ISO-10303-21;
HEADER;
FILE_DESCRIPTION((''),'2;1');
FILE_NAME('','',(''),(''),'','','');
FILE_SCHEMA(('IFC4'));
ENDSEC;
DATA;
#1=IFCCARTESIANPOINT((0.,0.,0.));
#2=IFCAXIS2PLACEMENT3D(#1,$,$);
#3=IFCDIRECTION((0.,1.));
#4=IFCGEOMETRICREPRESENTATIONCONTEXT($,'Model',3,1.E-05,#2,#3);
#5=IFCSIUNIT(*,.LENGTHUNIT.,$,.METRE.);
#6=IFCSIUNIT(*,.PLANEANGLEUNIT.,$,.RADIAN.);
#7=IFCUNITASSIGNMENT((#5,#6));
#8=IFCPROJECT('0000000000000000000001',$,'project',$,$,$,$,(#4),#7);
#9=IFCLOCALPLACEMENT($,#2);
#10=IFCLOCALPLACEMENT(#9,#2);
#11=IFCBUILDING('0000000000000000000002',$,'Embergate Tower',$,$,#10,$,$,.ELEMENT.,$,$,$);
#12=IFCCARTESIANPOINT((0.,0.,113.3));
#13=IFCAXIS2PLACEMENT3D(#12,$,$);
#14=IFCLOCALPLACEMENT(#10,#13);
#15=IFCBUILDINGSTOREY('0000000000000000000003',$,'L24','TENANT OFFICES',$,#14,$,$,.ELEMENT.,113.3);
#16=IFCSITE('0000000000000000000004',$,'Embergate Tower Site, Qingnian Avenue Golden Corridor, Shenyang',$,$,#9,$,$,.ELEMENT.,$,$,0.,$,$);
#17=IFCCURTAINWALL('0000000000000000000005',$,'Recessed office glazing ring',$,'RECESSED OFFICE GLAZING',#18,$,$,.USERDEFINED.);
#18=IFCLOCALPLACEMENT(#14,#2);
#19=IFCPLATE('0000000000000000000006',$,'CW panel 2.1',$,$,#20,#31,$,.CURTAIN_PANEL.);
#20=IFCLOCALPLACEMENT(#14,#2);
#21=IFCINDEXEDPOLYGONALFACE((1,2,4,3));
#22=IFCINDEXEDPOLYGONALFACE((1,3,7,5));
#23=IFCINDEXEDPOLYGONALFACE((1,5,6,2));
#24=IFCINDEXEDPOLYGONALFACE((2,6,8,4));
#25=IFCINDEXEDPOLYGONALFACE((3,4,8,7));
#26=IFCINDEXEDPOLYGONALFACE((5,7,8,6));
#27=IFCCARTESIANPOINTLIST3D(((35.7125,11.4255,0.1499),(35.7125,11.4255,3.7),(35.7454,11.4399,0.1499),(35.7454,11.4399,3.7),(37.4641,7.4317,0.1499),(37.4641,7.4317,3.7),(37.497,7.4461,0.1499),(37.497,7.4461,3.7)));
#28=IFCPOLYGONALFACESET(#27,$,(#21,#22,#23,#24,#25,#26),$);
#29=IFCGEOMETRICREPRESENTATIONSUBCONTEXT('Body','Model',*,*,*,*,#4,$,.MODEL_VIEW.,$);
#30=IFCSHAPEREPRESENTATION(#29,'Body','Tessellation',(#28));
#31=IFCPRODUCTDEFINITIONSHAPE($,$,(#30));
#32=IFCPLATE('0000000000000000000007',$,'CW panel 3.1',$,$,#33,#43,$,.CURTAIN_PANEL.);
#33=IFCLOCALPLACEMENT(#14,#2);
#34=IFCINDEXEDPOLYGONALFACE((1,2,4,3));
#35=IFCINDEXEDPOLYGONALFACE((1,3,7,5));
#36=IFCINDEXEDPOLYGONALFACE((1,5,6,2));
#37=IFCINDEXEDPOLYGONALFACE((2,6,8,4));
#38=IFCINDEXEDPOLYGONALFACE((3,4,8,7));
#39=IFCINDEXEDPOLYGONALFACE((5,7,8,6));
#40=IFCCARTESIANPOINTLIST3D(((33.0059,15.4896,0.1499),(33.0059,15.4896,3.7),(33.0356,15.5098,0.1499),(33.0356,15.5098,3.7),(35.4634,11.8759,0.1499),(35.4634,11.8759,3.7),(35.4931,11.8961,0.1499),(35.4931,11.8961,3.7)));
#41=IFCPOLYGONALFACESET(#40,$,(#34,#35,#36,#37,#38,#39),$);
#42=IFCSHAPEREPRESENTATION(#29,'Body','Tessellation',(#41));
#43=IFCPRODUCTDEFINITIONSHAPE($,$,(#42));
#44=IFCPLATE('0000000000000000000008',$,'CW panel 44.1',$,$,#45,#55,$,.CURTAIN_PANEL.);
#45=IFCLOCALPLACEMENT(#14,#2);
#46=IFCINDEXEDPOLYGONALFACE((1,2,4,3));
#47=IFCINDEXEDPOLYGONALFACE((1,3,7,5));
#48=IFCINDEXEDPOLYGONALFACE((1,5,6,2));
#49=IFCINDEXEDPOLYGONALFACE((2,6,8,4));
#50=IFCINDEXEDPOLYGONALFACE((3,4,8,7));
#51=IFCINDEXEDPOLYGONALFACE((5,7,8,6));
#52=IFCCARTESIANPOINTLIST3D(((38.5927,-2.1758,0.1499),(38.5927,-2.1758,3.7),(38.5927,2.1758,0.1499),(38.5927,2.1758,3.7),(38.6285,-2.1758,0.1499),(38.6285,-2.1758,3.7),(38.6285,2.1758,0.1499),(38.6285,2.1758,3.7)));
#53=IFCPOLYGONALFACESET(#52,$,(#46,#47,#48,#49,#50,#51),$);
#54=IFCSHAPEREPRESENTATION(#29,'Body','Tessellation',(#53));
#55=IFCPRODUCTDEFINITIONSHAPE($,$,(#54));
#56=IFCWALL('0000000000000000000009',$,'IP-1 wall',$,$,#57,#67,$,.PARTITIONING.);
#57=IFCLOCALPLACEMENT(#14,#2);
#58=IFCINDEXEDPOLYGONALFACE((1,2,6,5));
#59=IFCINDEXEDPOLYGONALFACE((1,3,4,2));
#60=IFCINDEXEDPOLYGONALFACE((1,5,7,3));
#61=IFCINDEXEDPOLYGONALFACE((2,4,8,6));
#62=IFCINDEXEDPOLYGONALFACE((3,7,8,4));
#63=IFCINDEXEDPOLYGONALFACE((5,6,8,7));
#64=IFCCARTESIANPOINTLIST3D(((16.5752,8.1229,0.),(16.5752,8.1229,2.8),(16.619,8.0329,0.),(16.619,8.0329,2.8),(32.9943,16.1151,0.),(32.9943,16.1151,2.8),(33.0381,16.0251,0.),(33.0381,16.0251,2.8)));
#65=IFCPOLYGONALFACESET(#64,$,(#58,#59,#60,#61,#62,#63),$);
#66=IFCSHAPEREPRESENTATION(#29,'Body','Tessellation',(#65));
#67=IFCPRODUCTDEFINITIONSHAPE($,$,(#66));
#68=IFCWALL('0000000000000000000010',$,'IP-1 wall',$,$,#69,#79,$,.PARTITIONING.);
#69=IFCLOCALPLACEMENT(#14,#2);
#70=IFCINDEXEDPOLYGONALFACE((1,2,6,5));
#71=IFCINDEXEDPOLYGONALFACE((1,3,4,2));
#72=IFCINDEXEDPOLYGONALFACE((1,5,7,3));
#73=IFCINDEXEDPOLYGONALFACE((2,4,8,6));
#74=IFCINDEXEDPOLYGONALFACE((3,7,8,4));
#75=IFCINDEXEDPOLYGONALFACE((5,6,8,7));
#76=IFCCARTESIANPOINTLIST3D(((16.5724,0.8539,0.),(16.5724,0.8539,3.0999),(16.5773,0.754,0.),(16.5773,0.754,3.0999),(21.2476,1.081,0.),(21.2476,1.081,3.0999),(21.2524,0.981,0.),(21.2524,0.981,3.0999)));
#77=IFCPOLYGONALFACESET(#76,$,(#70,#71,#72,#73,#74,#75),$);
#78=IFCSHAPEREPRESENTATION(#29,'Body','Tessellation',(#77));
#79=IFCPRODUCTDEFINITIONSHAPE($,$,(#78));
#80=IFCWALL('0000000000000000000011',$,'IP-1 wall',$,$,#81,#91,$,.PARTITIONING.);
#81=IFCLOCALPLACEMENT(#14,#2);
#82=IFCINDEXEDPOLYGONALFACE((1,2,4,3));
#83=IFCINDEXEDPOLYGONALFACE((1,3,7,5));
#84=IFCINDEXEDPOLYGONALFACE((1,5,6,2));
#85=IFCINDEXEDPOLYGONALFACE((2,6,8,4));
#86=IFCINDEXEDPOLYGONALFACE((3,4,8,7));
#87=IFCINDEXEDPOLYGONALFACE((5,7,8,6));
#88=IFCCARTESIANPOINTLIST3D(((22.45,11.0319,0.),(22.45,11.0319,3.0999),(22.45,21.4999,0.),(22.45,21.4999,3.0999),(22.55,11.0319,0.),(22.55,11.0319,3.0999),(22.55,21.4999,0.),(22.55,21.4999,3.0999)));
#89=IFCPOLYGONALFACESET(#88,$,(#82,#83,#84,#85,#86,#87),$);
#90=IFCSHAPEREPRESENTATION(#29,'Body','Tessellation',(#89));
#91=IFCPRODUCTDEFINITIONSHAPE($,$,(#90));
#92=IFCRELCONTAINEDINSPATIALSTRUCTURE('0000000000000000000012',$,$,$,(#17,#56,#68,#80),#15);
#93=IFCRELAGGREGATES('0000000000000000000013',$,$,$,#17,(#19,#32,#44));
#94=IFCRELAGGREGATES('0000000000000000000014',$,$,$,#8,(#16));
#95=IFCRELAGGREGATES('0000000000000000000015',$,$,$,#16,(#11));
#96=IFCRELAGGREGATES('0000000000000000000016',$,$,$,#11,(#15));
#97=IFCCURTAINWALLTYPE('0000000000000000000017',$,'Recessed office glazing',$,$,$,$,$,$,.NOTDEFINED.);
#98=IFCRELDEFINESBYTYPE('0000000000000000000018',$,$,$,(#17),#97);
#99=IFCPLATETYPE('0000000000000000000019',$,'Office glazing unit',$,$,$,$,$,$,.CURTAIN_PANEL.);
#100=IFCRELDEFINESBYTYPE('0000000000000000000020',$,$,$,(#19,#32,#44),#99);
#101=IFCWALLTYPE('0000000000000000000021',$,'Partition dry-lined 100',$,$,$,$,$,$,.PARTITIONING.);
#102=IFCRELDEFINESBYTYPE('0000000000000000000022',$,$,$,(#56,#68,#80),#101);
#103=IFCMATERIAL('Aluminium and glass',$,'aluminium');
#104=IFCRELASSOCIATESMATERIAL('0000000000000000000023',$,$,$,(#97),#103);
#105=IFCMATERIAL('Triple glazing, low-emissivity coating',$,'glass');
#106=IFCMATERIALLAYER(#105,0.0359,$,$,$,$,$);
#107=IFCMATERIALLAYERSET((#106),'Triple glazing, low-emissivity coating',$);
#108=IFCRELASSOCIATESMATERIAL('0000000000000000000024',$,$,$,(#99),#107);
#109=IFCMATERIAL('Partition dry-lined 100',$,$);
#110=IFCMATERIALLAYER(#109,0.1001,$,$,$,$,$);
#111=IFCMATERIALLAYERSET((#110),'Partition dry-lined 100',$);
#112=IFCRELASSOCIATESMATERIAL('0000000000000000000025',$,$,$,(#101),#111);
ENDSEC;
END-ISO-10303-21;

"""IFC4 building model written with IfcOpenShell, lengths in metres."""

from ifc_helpers import new_model, si_unit, direction, frame, frame_2d, origin, origin_2d, place, context, subcontext, project, spatial, rectangle, extrude, source, transform, mapped, material, layer, layer_set, type_object, element, aggregate, save


model = new_model("IFC4")

# Units and contexts
model_context = context("Model", 3, precision=1e-05, world=origin(), true_north=direction((0.0, 1.0)))
body_context = subcontext(model_context, "Body", "Model", "MODEL_VIEW")
ifc_project = project(units=[si_unit("LENGTHUNIT", "METRE"), si_unit("PLANEANGLEUNIT", "RADIAN")], contexts=[model_context])

# Site, building, storey
site_placement = place(None, origin())
site = spatial("IfcSite", under=ifc_project, at=site_placement, Name="Embergate Tower Site, Qingnian Avenue Golden Corridor, Shenyang", CompositionType="ELEMENT", RefElevation=0.0)
building_placement = place(site_placement, origin())
building = spatial("IfcBuilding", under=site, at=building_placement, Name="Embergate Tower", CompositionType="ELEMENT")
storey_placement = place(building_placement, frame((0.0, 0.0, 113.3)))
storey = spatial("IfcBuildingStorey", under=building, at=storey_placement, Name="L24", Description="TENANT OFFICES", CompositionType="ELEMENT", Elevation=113.3)

# Curtain wall, plates
ifc_material_1 = material(Name="Aluminium and glass", Category="aluminium")
curtain_wall_type = type_object("IfcCurtainWallType", Name="Recessed office glazing", PredefinedType="NOTDEFINED", material=ifc_material_1)
curtain_wall_placement = place(storey_placement, origin())
curtain_wall = element("IfcCurtainWall", 1, at=curtain_wall_placement, inside=storey, type_object=curtain_wall_type, Name="Recessed office glazing ring", ObjectType="RECESSED OFFICE GLAZING", PredefinedType="USERDEFINED")
ifc_material_2 = material(Name="Triple glazing, low-emissivity coating", Category="glass")
ifc_layer_1 = layer(ifc_material_2, 0.0359)
ifc_layer_set_1 = layer_set([ifc_layer_1], Name="Triple glazing, low-emissivity coating")
plate_type = type_object("IfcPlateType", Name="Office glazing unit", PredefinedType="CURTAIN_PANEL", material=ifc_layer_set_1)
shared_shape_1 = source(origin(), body_context, "Body", "SweptSolid", [
    extrude(rectangle(XDim=4.3611, YDim=0.0359, at=origin_2d()), origin(), (0.0, 0.0, 1.0), 3.55),
])
plate_1_placement = place(storey_placement, frame((36.6047, 9.4358, 0.1499), z_axis=(0.0, 0.0, 1.0), x_axis=(-0.401647, 0.915794, 0.0)))
plate_1 = element("IfcPlate", 2, at=plate_1_placement, type_object=plate_type, Name="CW panel 2.1", PredefinedType="CURTAIN_PANEL", context=body_context, shape_type="MappedRepresentation", body=[
    mapped(shared_shape_1, transform((0.0, 0.0, 0.0))),
])
shared_shape_2 = source(origin(), body_context, "Body", "SweptSolid", [
    extrude(rectangle(XDim=4.3701, YDim=0.0359, at=origin_2d()), origin(), (0.0, 0.0, 1.0), 3.55),
])
plate_2_placement = place(storey_placement, frame((34.2495, 13.6929, 0.1499), z_axis=(0.0, 0.0, 1.0), x_axis=(-0.562337, 0.826908, 0.0)))
plate_2 = element("IfcPlate", 3, at=plate_2_placement, type_object=plate_type, Name="CW panel 3.1", PredefinedType="CURTAIN_PANEL", context=body_context, shape_type="MappedRepresentation", body=[
    mapped(shared_shape_2, transform((0.0, 0.0, 0.0))),
])
shared_shape_3 = source(origin(), body_context, "Body", "SweptSolid", [
    extrude(rectangle(XDim=4.3516, YDim=0.0359, at=origin_2d()), origin(), (0.0, 0.0, 1.0), 3.55),
])
plate_3_placement = place(storey_placement, frame((38.6106, 0.0, 0.1499), z_axis=(0.0, 0.0, 1.0), x_axis=(0.0, 1.0, 0.0)))
plate_3 = element("IfcPlate", 4, at=plate_3_placement, type_object=plate_type, Name="CW panel 44.1", PredefinedType="CURTAIN_PANEL", context=body_context, shape_type="MappedRepresentation", body=[
    mapped(shared_shape_3, transform((0.0, 0.0, 0.0))),
])
aggregate(curtain_wall, [plate_1, plate_2, plate_3])

# Walls
ifc_material_3 = material(Name="Partition dry-lined 100")
ifc_layer_2 = layer(ifc_material_3, 0.1001)
ifc_layer_set_2 = layer_set([ifc_layer_2], Name="Partition dry-lined 100")
wall_type = type_object("IfcWallType", Name="Partition dry-lined 100", PredefinedType="PARTITIONING", material=ifc_layer_set_2)
shared_shape_4 = source(origin(), body_context, "Body", "SweptSolid", [
    extrude(rectangle(XDim=18.261, YDim=0.1001, at=frame_2d((9.1304, 0.0))), origin(), (0.0, 0.0, 1.0), 2.8),
])
wall_1_placement = place(storey_placement, frame((33.0161, 16.0701, 0.0), z_axis=(0.0, 0.0, 1.0), x_axis=(-0.899139, -0.437664, 0.0)))
element("IfcWall", 5, at=wall_1_placement, inside=storey, type_object=wall_type, Name="IP-1 wall", PredefinedType="PARTITIONING", context=body_context, shape_type="MappedRepresentation", body=[
    mapped(shared_shape_4, transform((0.0, 0.0, 0.0))),
])
shared_shape_5 = source(origin(), body_context, "Body", "SweptSolid", [
    extrude(rectangle(XDim=4.6807, YDim=0.1001, at=frame_2d((2.3403, 0.0))), origin(), (0.0, 0.0, 1.0), 3.0999),
])
wall_2_placement = place(storey_placement, frame((21.25, 1.031, 0.0), z_axis=(0.0, 0.0, 1.0), x_axis=(-0.998823, -0.048509, 0.0)))
element("IfcWall", 6, at=wall_2_placement, inside=storey, type_object=wall_type, Name="IP-1 wall", PredefinedType="PARTITIONING", context=body_context, shape_type="MappedRepresentation", body=[
    mapped(shared_shape_5, transform((0.0, 0.0, 0.0))),
])
shared_shape_6 = source(origin(), body_context, "Body", "SweptSolid", [
    extrude(rectangle(XDim=10.468, YDim=0.1001, at=frame_2d((5.2339, 0.0))), origin(), (0.0, 0.0, 1.0), 3.0999),
])
wall_3_placement = place(storey_placement, frame((22.5, 11.032, 0.0), z_axis=(0.0, 0.0, 1.0), x_axis=(0.0, 1.0, 0.0)))
element("IfcWall", 7, at=wall_3_placement, inside=storey, type_object=wall_type, Name="IP-1 wall", PredefinedType="PARTITIONING", context=body_context, shape_type="MappedRepresentation", body=[
    mapped(shared_shape_6, transform((0.0, 0.0, 0.0))),
])

save(model, "model.ifc")
